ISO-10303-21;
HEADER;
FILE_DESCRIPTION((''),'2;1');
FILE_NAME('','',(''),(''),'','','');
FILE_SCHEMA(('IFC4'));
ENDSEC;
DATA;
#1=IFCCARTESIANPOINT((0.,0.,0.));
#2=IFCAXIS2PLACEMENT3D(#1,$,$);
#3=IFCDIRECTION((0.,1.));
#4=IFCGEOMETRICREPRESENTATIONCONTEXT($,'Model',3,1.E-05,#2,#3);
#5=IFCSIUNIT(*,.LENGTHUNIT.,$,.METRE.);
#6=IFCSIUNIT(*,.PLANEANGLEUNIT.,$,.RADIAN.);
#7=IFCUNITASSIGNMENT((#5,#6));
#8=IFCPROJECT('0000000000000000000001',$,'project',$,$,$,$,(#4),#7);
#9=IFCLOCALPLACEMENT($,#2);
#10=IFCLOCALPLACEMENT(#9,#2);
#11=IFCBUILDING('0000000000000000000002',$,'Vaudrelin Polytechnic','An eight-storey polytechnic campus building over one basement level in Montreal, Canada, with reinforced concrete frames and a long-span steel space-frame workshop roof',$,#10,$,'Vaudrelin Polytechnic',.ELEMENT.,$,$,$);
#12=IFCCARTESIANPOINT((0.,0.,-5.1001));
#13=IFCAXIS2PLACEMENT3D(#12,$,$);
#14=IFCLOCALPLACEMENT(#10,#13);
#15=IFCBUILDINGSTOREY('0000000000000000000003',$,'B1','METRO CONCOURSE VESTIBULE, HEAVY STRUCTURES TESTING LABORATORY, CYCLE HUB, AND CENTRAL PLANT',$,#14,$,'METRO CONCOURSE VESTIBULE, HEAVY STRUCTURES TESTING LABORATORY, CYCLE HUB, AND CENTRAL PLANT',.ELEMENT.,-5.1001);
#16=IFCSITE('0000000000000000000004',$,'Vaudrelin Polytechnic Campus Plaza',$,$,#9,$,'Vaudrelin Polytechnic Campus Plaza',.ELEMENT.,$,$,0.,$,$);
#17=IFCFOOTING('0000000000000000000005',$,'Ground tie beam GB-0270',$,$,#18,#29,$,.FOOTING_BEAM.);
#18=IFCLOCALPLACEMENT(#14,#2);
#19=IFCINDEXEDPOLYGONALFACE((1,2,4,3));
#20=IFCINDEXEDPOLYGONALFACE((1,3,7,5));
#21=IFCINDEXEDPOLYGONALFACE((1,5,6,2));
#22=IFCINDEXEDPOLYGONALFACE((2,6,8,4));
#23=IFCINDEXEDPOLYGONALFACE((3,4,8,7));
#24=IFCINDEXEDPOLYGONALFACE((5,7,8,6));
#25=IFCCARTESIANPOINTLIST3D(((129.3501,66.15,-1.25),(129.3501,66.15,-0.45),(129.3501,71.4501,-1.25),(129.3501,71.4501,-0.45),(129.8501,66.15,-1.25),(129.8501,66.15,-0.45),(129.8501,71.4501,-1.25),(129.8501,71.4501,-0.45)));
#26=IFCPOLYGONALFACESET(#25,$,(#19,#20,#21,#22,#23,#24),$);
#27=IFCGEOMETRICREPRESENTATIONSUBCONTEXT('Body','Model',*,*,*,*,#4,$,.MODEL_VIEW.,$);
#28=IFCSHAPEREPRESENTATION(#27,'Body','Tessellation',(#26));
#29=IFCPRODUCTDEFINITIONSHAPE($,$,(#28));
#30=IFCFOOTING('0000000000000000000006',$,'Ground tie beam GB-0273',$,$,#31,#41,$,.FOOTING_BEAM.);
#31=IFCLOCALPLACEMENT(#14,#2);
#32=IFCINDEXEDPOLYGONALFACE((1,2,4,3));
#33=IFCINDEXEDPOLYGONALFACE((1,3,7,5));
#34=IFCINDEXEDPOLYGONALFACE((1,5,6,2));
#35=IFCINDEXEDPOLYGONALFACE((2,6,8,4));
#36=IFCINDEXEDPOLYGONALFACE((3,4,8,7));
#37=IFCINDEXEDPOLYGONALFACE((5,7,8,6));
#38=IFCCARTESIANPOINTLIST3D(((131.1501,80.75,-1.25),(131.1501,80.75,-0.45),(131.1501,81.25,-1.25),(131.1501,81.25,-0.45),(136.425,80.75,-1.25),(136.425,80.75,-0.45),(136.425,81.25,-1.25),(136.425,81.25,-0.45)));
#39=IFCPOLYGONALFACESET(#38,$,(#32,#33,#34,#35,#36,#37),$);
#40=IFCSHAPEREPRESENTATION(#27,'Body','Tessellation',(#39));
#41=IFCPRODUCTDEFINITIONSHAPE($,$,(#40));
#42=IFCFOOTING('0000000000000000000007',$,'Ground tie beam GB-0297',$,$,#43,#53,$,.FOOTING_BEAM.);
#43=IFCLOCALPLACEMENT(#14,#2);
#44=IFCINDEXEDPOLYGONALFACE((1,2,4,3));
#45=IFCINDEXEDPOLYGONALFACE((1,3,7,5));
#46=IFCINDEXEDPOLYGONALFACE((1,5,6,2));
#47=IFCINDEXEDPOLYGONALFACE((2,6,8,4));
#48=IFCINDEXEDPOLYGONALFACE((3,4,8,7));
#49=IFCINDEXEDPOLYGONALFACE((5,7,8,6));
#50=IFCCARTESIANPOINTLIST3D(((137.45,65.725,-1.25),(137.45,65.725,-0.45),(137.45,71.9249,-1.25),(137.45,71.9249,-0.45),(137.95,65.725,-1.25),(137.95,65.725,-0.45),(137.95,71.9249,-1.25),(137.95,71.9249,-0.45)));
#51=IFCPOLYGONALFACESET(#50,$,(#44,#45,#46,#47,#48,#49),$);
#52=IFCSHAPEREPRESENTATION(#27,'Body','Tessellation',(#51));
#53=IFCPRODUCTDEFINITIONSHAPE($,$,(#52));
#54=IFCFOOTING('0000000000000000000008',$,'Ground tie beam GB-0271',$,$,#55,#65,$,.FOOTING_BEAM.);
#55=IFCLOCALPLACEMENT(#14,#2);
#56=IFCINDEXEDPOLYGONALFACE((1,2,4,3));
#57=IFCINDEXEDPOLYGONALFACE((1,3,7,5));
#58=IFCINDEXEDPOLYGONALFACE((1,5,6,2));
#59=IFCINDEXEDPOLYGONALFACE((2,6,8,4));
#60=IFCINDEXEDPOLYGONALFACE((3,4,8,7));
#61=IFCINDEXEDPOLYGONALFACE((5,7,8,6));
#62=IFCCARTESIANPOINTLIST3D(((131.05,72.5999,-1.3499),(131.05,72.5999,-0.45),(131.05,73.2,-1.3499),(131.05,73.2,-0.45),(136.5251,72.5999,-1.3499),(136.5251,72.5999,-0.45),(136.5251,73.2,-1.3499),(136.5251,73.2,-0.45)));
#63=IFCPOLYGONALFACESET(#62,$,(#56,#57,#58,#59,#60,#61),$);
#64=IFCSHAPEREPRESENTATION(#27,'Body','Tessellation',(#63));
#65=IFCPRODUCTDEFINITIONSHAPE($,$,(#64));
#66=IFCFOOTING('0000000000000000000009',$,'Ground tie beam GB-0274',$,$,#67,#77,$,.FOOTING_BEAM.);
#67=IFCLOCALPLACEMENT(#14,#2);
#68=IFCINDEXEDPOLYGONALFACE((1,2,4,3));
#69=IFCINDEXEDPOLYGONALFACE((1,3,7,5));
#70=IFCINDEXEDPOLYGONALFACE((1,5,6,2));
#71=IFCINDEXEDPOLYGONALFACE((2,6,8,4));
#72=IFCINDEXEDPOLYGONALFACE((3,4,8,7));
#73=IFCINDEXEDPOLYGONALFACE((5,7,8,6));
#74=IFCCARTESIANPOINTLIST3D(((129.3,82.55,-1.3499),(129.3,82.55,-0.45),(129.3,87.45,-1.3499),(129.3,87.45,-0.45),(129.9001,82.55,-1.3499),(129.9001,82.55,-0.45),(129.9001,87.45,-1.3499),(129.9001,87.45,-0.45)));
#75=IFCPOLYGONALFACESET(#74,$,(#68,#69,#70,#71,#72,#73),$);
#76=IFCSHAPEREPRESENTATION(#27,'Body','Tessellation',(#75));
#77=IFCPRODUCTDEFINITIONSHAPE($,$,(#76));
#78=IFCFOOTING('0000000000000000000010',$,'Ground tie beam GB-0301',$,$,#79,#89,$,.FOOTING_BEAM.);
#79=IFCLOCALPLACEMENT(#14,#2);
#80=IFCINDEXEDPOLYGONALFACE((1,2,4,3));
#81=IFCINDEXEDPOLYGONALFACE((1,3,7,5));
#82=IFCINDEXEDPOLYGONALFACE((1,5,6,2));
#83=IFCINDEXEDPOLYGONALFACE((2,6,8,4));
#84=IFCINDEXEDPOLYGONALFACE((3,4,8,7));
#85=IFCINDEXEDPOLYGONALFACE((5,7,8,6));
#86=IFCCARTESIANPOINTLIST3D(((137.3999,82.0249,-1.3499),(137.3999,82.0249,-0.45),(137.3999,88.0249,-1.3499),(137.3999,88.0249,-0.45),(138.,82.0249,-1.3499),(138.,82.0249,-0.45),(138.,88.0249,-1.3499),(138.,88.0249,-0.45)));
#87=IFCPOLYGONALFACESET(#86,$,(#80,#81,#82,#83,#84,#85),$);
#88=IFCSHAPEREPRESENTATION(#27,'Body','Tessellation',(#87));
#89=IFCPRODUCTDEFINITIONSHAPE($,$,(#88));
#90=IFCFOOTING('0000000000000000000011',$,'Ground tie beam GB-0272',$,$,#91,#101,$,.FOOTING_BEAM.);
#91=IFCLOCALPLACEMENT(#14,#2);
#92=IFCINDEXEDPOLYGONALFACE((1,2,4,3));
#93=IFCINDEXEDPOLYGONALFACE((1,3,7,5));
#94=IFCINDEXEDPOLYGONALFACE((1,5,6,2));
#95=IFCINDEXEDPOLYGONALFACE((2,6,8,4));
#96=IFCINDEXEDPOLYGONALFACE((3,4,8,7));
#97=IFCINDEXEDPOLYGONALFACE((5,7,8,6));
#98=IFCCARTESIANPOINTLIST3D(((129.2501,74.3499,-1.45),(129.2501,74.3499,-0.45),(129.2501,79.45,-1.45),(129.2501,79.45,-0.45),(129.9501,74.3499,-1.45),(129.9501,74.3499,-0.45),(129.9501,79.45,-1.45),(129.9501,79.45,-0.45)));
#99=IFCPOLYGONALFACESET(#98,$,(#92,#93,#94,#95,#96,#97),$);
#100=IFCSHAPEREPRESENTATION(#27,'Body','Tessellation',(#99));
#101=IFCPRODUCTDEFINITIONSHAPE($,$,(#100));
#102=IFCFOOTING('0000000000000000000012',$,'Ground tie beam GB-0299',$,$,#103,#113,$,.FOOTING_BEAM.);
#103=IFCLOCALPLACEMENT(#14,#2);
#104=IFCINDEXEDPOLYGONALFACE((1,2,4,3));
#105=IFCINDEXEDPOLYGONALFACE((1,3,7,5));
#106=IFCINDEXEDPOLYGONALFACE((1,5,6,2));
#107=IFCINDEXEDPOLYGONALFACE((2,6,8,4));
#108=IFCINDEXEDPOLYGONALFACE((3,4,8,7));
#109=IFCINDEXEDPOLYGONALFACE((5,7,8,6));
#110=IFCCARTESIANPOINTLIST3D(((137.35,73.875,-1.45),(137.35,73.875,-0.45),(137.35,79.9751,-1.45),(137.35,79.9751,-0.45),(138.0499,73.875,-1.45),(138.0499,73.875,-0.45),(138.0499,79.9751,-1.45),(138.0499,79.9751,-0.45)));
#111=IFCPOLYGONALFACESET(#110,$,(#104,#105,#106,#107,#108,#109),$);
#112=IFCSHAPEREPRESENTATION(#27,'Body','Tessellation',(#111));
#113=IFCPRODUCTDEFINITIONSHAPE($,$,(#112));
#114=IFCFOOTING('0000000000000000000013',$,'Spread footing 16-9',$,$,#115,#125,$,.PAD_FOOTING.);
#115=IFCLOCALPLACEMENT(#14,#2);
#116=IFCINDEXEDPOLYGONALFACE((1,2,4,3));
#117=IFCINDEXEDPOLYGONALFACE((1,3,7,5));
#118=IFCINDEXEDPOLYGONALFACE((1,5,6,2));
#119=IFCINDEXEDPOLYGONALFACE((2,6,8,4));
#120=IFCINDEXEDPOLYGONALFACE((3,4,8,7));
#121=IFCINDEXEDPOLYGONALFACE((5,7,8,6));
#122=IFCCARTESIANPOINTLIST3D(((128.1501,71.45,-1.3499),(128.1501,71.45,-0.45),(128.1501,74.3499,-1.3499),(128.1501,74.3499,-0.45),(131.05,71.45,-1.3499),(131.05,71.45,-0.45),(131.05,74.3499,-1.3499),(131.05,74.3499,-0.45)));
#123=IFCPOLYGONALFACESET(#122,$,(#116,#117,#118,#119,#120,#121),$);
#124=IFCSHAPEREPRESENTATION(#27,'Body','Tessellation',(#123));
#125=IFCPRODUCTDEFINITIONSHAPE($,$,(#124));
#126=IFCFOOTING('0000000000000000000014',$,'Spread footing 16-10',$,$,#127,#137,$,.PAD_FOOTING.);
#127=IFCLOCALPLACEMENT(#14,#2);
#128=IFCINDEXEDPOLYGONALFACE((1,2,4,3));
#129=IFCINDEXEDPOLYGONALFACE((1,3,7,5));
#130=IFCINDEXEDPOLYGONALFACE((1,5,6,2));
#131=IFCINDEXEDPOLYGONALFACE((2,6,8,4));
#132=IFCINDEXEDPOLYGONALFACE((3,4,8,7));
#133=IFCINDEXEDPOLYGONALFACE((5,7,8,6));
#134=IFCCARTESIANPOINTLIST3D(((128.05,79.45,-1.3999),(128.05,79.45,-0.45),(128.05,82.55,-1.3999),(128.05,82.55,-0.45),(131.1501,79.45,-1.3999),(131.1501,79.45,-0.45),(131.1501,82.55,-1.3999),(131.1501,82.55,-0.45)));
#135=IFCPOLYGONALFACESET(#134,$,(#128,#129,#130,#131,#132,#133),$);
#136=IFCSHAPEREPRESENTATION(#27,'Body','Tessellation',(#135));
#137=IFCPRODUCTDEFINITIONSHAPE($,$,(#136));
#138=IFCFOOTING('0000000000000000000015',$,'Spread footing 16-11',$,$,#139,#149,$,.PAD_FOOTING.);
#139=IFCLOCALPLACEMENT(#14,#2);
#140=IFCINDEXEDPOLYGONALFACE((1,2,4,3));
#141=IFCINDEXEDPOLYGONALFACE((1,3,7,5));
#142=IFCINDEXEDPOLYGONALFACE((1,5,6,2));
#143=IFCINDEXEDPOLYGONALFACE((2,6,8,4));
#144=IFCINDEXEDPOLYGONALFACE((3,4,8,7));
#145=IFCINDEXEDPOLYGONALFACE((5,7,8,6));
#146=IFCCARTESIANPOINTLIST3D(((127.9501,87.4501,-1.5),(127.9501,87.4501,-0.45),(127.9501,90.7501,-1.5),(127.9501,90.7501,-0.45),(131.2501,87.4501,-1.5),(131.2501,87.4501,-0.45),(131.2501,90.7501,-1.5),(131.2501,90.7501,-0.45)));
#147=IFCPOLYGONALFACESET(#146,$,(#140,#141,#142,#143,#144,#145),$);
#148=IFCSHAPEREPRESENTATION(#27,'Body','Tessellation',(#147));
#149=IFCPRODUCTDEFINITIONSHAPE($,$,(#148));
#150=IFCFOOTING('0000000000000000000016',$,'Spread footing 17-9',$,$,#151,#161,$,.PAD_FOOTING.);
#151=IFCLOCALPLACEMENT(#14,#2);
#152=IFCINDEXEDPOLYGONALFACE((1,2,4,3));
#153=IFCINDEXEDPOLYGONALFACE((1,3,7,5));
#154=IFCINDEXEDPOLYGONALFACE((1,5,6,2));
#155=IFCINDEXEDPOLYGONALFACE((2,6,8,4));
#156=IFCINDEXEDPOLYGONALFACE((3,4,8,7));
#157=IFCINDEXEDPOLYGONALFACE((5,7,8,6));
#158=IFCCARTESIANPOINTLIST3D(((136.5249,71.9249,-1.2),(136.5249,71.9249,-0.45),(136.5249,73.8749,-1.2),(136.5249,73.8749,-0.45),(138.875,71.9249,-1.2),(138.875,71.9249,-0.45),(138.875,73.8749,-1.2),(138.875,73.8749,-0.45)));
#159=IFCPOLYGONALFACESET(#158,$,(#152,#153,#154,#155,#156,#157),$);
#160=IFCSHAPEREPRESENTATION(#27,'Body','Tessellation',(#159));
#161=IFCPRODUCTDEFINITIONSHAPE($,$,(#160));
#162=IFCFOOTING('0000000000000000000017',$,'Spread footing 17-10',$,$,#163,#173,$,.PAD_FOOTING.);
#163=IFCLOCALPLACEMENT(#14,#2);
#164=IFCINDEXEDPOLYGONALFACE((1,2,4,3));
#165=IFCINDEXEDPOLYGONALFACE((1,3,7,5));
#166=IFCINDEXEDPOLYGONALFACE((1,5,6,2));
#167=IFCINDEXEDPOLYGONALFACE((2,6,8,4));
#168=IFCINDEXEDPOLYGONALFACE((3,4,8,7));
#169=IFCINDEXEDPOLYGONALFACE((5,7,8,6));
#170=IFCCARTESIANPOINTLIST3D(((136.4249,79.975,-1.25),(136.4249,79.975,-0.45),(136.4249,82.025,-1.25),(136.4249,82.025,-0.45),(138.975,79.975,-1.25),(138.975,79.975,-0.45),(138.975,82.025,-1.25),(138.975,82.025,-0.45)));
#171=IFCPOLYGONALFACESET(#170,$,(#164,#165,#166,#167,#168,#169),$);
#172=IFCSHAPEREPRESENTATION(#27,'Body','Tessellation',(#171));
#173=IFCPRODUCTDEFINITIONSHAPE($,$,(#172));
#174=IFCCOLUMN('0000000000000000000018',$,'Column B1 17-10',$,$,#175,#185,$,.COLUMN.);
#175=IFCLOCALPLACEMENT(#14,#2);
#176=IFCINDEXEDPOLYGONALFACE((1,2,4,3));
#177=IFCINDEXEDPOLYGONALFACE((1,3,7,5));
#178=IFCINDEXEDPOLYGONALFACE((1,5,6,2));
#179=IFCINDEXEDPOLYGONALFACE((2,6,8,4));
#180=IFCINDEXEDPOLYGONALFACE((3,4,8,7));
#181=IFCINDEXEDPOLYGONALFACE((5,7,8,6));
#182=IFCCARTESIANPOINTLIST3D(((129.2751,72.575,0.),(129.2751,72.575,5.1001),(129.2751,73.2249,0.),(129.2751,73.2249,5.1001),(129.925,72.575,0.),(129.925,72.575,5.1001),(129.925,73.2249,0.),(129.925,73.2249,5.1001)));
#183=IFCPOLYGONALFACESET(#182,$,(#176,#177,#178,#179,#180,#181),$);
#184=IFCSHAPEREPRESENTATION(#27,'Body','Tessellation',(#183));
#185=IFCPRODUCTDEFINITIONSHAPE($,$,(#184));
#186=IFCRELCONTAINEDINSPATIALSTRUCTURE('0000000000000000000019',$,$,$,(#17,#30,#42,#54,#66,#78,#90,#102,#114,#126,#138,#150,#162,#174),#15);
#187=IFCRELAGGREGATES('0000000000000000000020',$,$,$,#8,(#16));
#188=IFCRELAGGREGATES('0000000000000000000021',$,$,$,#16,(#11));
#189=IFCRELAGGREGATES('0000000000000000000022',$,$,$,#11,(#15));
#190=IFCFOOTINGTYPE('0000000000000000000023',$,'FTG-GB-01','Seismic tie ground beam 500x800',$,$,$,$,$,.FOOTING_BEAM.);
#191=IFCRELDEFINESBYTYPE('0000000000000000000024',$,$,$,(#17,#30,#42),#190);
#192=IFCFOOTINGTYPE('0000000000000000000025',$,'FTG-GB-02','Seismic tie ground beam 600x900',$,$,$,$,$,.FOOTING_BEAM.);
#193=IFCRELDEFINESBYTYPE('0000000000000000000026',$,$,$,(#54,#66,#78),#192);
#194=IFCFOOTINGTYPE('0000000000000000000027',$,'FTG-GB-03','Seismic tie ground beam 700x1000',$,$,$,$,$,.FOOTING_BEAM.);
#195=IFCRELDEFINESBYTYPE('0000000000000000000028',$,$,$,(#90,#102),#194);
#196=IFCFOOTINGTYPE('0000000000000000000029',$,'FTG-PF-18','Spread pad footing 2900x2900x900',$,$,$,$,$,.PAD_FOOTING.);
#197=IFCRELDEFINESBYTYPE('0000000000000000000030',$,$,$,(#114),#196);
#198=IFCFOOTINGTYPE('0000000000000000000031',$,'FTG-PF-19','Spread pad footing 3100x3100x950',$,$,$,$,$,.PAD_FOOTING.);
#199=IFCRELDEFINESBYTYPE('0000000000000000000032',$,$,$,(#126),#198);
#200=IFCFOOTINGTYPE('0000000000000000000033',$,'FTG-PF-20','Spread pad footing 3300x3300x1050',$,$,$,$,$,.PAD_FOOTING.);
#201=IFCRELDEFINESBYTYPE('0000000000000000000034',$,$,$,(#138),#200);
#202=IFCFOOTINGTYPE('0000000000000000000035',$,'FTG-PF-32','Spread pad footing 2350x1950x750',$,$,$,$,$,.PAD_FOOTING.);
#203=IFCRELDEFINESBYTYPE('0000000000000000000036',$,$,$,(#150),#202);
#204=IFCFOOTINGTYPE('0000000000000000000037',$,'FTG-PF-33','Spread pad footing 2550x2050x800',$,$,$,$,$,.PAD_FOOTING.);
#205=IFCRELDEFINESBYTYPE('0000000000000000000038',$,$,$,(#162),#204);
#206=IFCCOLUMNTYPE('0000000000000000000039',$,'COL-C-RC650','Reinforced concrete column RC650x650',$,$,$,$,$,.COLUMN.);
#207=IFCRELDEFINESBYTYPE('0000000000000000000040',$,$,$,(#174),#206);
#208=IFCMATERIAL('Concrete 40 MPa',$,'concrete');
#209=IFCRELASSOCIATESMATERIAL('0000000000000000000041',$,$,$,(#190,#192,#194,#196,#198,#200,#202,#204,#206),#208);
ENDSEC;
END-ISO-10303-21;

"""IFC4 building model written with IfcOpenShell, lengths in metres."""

from ifc_helpers import new_model, si_unit, direction, frame, origin, origin_2d, place, context, subcontext, project, spatial, rectangle, extrude, material, material_profile, profile_set, type_object, element, save


model = new_model("IFC4")

# Units and contexts
model_context = context("Model", 3, precision=1e-05, world=origin(), true_north=direction((0.0, 1.0)))
body_context = subcontext(model_context, "Body", "Model", "MODEL_VIEW")
ifc_project = project(units=[si_unit("LENGTHUNIT", "METRE"), si_unit("PLANEANGLEUNIT", "RADIAN")], contexts=[model_context])

# Site, building, storey
site_placement = place(None, origin())
site = spatial("IfcSite", under=ifc_project, at=site_placement, Name="Vaudrelin Polytechnic Campus Plaza", LongName="Vaudrelin Polytechnic Campus Plaza", CompositionType="ELEMENT", RefElevation=0.0)
building_placement = place(site_placement, origin())
building = spatial("IfcBuilding", under=site, at=building_placement, Name="Vaudrelin Polytechnic", Description="An eight-storey polytechnic campus building over one basement level in Montreal, Canada, with reinforced concrete frames and a long-span steel space-frame workshop roof", LongName="Vaudrelin Polytechnic", CompositionType="ELEMENT")
storey_placement = place(building_placement, frame((0.0, 0.0, -5.1001)))
storey = spatial("IfcBuildingStorey", under=building, at=storey_placement, Name="B1", Description="METRO CONCOURSE VESTIBULE, HEAVY STRUCTURES TESTING LABORATORY, CYCLE HUB, AND CENTRAL PLANT", LongName="METRO CONCOURSE VESTIBULE, HEAVY STRUCTURES TESTING LABORATORY, CYCLE HUB, AND CENTRAL PLANT", CompositionType="ELEMENT", Elevation=-5.1001)

# Footings
ifc_material_1 = material(Name="Concrete 40 MPa", Category="concrete")
footing_type_1 = type_object("IfcFootingType", Name="FTG-GB-01", Description="Seismic tie ground beam 500x800", PredefinedType="FOOTING_BEAM", material=ifc_material_1)
footing_1_placement = place(storey_placement, frame((129.6001, 68.8, -1.25), z_axis=(0.0, 0.0, 1.0), x_axis=(1.0, 0.0, 0.0)))
element("IfcFooting", 1, at=footing_1_placement, inside=storey, type_object=footing_type_1, Name="Ground tie beam GB-0270", PredefinedType="FOOTING_BEAM", context=body_context, shape_type="SweptSolid", body=[
    extrude(rectangle(XDim=0.5, YDim=5.3, at=origin_2d()), origin(), (0.0, 0.0, 1.0), 0.8),
])
footing_2_placement = place(storey_placement, frame((133.7876, 81.0, -1.25), z_axis=(0.0, 0.0, 1.0), x_axis=(1.0, 0.0, 0.0)))
element("IfcFooting", 2, at=footing_2_placement, inside=storey, type_object=footing_type_1, Name="Ground tie beam GB-0273", PredefinedType="FOOTING_BEAM", context=body_context, shape_type="SweptSolid", body=[
    extrude(rectangle(XDim=5.2749, YDim=0.5, at=origin_2d()), origin(), (0.0, 0.0, 1.0), 0.8),
])
footing_3_placement = place(storey_placement, frame((137.7, 68.825, -1.25), z_axis=(0.0, 0.0, 1.0), x_axis=(1.0, 0.0, 0.0)))
element("IfcFooting", 3, at=footing_3_placement, inside=storey, type_object=footing_type_1, Name="Ground tie beam GB-0297", PredefinedType="FOOTING_BEAM", context=body_context, shape_type="SweptSolid", body=[
    extrude(rectangle(XDim=0.5, YDim=6.2, at=origin_2d()), origin(), (0.0, 0.0, 1.0), 0.8),
])
footing_type_2 = type_object("IfcFootingType", Name="FTG-GB-02", Description="Seismic tie ground beam 600x900", PredefinedType="FOOTING_BEAM", material=ifc_material_1)
footing_4_placement = place(storey_placement, frame((133.7876, 72.8999, -1.3499), z_axis=(0.0, 0.0, 1.0), x_axis=(1.0, 0.0, 0.0)))
element("IfcFooting", 4, at=footing_4_placement, inside=storey, type_object=footing_type_2, Name="Ground tie beam GB-0271", PredefinedType="FOOTING_BEAM", context=body_context, shape_type="SweptSolid", body=[
    extrude(rectangle(XDim=5.4751, YDim=0.6001, at=origin_2d()), origin(), (0.0, 0.0, 1.0), 0.8999),
])
footing_5_placement = place(storey_placement, frame((129.6001, 85.0, -1.3499), z_axis=(0.0, 0.0, 1.0), x_axis=(1.0, 0.0, 0.0)))
element("IfcFooting", 5, at=footing_5_placement, inside=storey, type_object=footing_type_2, Name="Ground tie beam GB-0274", PredefinedType="FOOTING_BEAM", context=body_context, shape_type="SweptSolid", body=[
    extrude(rectangle(XDim=0.6001, YDim=4.8999, at=origin_2d()), origin(), (0.0, 0.0, 1.0), 0.8999),
])
footing_6_placement = place(storey_placement, frame((137.7, 85.0249, -1.3499), z_axis=(0.0, 0.0, 1.0), x_axis=(1.0, 0.0, 0.0)))
element("IfcFooting", 6, at=footing_6_placement, inside=storey, type_object=footing_type_2, Name="Ground tie beam GB-0301", PredefinedType="FOOTING_BEAM", context=body_context, shape_type="SweptSolid", body=[
    extrude(rectangle(XDim=0.6001, YDim=6.0, at=origin_2d()), origin(), (0.0, 0.0, 1.0), 0.8999),
])
footing_type_3 = type_object("IfcFootingType", Name="FTG-GB-03", Description="Seismic tie ground beam 700x1000", PredefinedType="FOOTING_BEAM", material=ifc_material_1)
footing_7_placement = place(storey_placement, frame((129.6001, 76.8999, -1.45), z_axis=(0.0, 0.0, 1.0), x_axis=(1.0, 0.0, 0.0)))
element("IfcFooting", 7, at=footing_7_placement, inside=storey, type_object=footing_type_3, Name="Ground tie beam GB-0272", PredefinedType="FOOTING_BEAM", context=body_context, shape_type="SweptSolid", body=[
    extrude(rectangle(XDim=0.7, YDim=5.1001, at=origin_2d()), origin(), (0.0, 0.0, 1.0), 1.0),
])
footing_8_placement = place(storey_placement, frame((137.7, 76.925, -1.45), z_axis=(0.0, 0.0, 1.0), x_axis=(1.0, 0.0, 0.0)))
element("IfcFooting", 8, at=footing_8_placement, inside=storey, type_object=footing_type_3, Name="Ground tie beam GB-0299", PredefinedType="FOOTING_BEAM", context=body_context, shape_type="SweptSolid", body=[
    extrude(rectangle(XDim=0.7, YDim=6.1001, at=origin_2d()), origin(), (0.0, 0.0, 1.0), 1.0),
])
footing_type_4 = type_object("IfcFootingType", Name="FTG-PF-18", Description="Spread pad footing 2900x2900x900", PredefinedType="PAD_FOOTING", material=ifc_material_1)
footing_9_placement = place(storey_placement, frame((129.6001, 72.8999, -1.3499), z_axis=(0.0, 0.0, 1.0), x_axis=(1.0, 0.0, 0.0)))
element("IfcFooting", 9, at=footing_9_placement, inside=storey, type_object=footing_type_4, Name="Spread footing 16-9", PredefinedType="PAD_FOOTING", context=body_context, shape_type="SweptSolid", body=[
    extrude(rectangle(XDim=2.8999, YDim=2.8999, at=origin_2d()), origin(), (0.0, 0.0, 1.0), 0.8999),
])
footing_type_5 = type_object("IfcFootingType", Name="FTG-PF-19", Description="Spread pad footing 3100x3100x950", PredefinedType="PAD_FOOTING", material=ifc_material_1)
footing_10_placement = place(storey_placement, frame((129.6001, 81.0, -1.3999), z_axis=(0.0, 0.0, 1.0), x_axis=(1.0, 0.0, 0.0)))
element("IfcFooting", 10, at=footing_10_placement, inside=storey, type_object=footing_type_5, Name="Spread footing 16-10", PredefinedType="PAD_FOOTING", context=body_context, shape_type="SweptSolid", body=[
    extrude(rectangle(XDim=3.1001, YDim=3.1001, at=origin_2d()), origin(), (0.0, 0.0, 1.0), 0.95),
])
footing_type_6 = type_object("IfcFootingType", Name="FTG-PF-20", Description="Spread pad footing 3300x3300x1050", PredefinedType="PAD_FOOTING", material=ifc_material_1)
footing_11_placement = place(storey_placement, frame((129.6001, 89.1001, -1.5), z_axis=(0.0, 0.0, 1.0), x_axis=(1.0, 0.0, 0.0)))
element("IfcFooting", 11, at=footing_11_placement, inside=storey, type_object=footing_type_6, Name="Spread footing 16-11", PredefinedType="PAD_FOOTING", context=body_context, shape_type="SweptSolid", body=[
    extrude(rectangle(XDim=3.3, YDim=3.3, at=origin_2d()), origin(), (0.0, 0.0, 1.0), 1.05),
])
footing_type_7 = type_object("IfcFootingType", Name="FTG-PF-32", Description="Spread pad footing 2350x1950x750", PredefinedType="PAD_FOOTING", material=ifc_material_1)
footing_12_placement = place(storey_placement, frame((137.7, 72.8999, -1.2), z_axis=(0.0, 0.0, 1.0), x_axis=(1.0, 0.0, 0.0)))
element("IfcFooting", 12, at=footing_12_placement, inside=storey, type_object=footing_type_7, Name="Spread footing 17-9", PredefinedType="PAD_FOOTING", context=body_context, shape_type="SweptSolid", body=[
    extrude(rectangle(XDim=2.3501, YDim=1.95, at=origin_2d()), origin(), (0.0, 0.0, 1.0), 0.75),
])
footing_type_8 = type_object("IfcFootingType", Name="FTG-PF-33", Description="Spread pad footing 2550x2050x800", PredefinedType="PAD_FOOTING", material=ifc_material_1)
footing_13_placement = place(storey_placement, frame((137.7, 81.0, -1.25), z_axis=(0.0, 0.0, 1.0), x_axis=(1.0, 0.0, 0.0)))
element("IfcFooting", 13, at=footing_13_placement, inside=storey, type_object=footing_type_8, Name="Spread footing 17-10", PredefinedType="PAD_FOOTING", context=body_context, shape_type="SweptSolid", body=[
    extrude(rectangle(XDim=2.55, YDim=2.05, at=origin_2d()), origin(), (0.0, 0.0, 1.0), 0.8),
])

# Column
ifc_material_profile_1 = material_profile(ifc_material_1, rectangle(XDim=0.6499, YDim=0.6499, at=origin_2d()), Name="RC650x650")
ifc_profile_set_1 = profile_set([ifc_material_profile_1], Name="Concrete 40 MPa")
column_type_1 = type_object("IfcColumnType", Name="COL-C-RC650", Description="Reinforced concrete column RC650x650", PredefinedType="COLUMN", material=ifc_profile_set_1)
for number, where, z_axis, x_axis, name in (
    (14, (129.6001, 72.8999, 0.0), (0.0, 0.0, 1.0), (1.0, 0.0, 0.0), "Column B1 17-10"),
):
    element("IfcColumn", number, at=place(storey_placement, frame(where, z_axis=z_axis, x_axis=x_axis)), inside=storey, type_object=column_type_1, Name=name, PredefinedType="COLUMN", context=body_context, shape_type="SweptSolid", body=[
        extrude(rectangle(XDim=0.6499, YDim=0.6499, at=origin_2d()), origin(), (0.0, 0.0, 1.0), 5.1001),
    ])

save(model, "model.ifc")
